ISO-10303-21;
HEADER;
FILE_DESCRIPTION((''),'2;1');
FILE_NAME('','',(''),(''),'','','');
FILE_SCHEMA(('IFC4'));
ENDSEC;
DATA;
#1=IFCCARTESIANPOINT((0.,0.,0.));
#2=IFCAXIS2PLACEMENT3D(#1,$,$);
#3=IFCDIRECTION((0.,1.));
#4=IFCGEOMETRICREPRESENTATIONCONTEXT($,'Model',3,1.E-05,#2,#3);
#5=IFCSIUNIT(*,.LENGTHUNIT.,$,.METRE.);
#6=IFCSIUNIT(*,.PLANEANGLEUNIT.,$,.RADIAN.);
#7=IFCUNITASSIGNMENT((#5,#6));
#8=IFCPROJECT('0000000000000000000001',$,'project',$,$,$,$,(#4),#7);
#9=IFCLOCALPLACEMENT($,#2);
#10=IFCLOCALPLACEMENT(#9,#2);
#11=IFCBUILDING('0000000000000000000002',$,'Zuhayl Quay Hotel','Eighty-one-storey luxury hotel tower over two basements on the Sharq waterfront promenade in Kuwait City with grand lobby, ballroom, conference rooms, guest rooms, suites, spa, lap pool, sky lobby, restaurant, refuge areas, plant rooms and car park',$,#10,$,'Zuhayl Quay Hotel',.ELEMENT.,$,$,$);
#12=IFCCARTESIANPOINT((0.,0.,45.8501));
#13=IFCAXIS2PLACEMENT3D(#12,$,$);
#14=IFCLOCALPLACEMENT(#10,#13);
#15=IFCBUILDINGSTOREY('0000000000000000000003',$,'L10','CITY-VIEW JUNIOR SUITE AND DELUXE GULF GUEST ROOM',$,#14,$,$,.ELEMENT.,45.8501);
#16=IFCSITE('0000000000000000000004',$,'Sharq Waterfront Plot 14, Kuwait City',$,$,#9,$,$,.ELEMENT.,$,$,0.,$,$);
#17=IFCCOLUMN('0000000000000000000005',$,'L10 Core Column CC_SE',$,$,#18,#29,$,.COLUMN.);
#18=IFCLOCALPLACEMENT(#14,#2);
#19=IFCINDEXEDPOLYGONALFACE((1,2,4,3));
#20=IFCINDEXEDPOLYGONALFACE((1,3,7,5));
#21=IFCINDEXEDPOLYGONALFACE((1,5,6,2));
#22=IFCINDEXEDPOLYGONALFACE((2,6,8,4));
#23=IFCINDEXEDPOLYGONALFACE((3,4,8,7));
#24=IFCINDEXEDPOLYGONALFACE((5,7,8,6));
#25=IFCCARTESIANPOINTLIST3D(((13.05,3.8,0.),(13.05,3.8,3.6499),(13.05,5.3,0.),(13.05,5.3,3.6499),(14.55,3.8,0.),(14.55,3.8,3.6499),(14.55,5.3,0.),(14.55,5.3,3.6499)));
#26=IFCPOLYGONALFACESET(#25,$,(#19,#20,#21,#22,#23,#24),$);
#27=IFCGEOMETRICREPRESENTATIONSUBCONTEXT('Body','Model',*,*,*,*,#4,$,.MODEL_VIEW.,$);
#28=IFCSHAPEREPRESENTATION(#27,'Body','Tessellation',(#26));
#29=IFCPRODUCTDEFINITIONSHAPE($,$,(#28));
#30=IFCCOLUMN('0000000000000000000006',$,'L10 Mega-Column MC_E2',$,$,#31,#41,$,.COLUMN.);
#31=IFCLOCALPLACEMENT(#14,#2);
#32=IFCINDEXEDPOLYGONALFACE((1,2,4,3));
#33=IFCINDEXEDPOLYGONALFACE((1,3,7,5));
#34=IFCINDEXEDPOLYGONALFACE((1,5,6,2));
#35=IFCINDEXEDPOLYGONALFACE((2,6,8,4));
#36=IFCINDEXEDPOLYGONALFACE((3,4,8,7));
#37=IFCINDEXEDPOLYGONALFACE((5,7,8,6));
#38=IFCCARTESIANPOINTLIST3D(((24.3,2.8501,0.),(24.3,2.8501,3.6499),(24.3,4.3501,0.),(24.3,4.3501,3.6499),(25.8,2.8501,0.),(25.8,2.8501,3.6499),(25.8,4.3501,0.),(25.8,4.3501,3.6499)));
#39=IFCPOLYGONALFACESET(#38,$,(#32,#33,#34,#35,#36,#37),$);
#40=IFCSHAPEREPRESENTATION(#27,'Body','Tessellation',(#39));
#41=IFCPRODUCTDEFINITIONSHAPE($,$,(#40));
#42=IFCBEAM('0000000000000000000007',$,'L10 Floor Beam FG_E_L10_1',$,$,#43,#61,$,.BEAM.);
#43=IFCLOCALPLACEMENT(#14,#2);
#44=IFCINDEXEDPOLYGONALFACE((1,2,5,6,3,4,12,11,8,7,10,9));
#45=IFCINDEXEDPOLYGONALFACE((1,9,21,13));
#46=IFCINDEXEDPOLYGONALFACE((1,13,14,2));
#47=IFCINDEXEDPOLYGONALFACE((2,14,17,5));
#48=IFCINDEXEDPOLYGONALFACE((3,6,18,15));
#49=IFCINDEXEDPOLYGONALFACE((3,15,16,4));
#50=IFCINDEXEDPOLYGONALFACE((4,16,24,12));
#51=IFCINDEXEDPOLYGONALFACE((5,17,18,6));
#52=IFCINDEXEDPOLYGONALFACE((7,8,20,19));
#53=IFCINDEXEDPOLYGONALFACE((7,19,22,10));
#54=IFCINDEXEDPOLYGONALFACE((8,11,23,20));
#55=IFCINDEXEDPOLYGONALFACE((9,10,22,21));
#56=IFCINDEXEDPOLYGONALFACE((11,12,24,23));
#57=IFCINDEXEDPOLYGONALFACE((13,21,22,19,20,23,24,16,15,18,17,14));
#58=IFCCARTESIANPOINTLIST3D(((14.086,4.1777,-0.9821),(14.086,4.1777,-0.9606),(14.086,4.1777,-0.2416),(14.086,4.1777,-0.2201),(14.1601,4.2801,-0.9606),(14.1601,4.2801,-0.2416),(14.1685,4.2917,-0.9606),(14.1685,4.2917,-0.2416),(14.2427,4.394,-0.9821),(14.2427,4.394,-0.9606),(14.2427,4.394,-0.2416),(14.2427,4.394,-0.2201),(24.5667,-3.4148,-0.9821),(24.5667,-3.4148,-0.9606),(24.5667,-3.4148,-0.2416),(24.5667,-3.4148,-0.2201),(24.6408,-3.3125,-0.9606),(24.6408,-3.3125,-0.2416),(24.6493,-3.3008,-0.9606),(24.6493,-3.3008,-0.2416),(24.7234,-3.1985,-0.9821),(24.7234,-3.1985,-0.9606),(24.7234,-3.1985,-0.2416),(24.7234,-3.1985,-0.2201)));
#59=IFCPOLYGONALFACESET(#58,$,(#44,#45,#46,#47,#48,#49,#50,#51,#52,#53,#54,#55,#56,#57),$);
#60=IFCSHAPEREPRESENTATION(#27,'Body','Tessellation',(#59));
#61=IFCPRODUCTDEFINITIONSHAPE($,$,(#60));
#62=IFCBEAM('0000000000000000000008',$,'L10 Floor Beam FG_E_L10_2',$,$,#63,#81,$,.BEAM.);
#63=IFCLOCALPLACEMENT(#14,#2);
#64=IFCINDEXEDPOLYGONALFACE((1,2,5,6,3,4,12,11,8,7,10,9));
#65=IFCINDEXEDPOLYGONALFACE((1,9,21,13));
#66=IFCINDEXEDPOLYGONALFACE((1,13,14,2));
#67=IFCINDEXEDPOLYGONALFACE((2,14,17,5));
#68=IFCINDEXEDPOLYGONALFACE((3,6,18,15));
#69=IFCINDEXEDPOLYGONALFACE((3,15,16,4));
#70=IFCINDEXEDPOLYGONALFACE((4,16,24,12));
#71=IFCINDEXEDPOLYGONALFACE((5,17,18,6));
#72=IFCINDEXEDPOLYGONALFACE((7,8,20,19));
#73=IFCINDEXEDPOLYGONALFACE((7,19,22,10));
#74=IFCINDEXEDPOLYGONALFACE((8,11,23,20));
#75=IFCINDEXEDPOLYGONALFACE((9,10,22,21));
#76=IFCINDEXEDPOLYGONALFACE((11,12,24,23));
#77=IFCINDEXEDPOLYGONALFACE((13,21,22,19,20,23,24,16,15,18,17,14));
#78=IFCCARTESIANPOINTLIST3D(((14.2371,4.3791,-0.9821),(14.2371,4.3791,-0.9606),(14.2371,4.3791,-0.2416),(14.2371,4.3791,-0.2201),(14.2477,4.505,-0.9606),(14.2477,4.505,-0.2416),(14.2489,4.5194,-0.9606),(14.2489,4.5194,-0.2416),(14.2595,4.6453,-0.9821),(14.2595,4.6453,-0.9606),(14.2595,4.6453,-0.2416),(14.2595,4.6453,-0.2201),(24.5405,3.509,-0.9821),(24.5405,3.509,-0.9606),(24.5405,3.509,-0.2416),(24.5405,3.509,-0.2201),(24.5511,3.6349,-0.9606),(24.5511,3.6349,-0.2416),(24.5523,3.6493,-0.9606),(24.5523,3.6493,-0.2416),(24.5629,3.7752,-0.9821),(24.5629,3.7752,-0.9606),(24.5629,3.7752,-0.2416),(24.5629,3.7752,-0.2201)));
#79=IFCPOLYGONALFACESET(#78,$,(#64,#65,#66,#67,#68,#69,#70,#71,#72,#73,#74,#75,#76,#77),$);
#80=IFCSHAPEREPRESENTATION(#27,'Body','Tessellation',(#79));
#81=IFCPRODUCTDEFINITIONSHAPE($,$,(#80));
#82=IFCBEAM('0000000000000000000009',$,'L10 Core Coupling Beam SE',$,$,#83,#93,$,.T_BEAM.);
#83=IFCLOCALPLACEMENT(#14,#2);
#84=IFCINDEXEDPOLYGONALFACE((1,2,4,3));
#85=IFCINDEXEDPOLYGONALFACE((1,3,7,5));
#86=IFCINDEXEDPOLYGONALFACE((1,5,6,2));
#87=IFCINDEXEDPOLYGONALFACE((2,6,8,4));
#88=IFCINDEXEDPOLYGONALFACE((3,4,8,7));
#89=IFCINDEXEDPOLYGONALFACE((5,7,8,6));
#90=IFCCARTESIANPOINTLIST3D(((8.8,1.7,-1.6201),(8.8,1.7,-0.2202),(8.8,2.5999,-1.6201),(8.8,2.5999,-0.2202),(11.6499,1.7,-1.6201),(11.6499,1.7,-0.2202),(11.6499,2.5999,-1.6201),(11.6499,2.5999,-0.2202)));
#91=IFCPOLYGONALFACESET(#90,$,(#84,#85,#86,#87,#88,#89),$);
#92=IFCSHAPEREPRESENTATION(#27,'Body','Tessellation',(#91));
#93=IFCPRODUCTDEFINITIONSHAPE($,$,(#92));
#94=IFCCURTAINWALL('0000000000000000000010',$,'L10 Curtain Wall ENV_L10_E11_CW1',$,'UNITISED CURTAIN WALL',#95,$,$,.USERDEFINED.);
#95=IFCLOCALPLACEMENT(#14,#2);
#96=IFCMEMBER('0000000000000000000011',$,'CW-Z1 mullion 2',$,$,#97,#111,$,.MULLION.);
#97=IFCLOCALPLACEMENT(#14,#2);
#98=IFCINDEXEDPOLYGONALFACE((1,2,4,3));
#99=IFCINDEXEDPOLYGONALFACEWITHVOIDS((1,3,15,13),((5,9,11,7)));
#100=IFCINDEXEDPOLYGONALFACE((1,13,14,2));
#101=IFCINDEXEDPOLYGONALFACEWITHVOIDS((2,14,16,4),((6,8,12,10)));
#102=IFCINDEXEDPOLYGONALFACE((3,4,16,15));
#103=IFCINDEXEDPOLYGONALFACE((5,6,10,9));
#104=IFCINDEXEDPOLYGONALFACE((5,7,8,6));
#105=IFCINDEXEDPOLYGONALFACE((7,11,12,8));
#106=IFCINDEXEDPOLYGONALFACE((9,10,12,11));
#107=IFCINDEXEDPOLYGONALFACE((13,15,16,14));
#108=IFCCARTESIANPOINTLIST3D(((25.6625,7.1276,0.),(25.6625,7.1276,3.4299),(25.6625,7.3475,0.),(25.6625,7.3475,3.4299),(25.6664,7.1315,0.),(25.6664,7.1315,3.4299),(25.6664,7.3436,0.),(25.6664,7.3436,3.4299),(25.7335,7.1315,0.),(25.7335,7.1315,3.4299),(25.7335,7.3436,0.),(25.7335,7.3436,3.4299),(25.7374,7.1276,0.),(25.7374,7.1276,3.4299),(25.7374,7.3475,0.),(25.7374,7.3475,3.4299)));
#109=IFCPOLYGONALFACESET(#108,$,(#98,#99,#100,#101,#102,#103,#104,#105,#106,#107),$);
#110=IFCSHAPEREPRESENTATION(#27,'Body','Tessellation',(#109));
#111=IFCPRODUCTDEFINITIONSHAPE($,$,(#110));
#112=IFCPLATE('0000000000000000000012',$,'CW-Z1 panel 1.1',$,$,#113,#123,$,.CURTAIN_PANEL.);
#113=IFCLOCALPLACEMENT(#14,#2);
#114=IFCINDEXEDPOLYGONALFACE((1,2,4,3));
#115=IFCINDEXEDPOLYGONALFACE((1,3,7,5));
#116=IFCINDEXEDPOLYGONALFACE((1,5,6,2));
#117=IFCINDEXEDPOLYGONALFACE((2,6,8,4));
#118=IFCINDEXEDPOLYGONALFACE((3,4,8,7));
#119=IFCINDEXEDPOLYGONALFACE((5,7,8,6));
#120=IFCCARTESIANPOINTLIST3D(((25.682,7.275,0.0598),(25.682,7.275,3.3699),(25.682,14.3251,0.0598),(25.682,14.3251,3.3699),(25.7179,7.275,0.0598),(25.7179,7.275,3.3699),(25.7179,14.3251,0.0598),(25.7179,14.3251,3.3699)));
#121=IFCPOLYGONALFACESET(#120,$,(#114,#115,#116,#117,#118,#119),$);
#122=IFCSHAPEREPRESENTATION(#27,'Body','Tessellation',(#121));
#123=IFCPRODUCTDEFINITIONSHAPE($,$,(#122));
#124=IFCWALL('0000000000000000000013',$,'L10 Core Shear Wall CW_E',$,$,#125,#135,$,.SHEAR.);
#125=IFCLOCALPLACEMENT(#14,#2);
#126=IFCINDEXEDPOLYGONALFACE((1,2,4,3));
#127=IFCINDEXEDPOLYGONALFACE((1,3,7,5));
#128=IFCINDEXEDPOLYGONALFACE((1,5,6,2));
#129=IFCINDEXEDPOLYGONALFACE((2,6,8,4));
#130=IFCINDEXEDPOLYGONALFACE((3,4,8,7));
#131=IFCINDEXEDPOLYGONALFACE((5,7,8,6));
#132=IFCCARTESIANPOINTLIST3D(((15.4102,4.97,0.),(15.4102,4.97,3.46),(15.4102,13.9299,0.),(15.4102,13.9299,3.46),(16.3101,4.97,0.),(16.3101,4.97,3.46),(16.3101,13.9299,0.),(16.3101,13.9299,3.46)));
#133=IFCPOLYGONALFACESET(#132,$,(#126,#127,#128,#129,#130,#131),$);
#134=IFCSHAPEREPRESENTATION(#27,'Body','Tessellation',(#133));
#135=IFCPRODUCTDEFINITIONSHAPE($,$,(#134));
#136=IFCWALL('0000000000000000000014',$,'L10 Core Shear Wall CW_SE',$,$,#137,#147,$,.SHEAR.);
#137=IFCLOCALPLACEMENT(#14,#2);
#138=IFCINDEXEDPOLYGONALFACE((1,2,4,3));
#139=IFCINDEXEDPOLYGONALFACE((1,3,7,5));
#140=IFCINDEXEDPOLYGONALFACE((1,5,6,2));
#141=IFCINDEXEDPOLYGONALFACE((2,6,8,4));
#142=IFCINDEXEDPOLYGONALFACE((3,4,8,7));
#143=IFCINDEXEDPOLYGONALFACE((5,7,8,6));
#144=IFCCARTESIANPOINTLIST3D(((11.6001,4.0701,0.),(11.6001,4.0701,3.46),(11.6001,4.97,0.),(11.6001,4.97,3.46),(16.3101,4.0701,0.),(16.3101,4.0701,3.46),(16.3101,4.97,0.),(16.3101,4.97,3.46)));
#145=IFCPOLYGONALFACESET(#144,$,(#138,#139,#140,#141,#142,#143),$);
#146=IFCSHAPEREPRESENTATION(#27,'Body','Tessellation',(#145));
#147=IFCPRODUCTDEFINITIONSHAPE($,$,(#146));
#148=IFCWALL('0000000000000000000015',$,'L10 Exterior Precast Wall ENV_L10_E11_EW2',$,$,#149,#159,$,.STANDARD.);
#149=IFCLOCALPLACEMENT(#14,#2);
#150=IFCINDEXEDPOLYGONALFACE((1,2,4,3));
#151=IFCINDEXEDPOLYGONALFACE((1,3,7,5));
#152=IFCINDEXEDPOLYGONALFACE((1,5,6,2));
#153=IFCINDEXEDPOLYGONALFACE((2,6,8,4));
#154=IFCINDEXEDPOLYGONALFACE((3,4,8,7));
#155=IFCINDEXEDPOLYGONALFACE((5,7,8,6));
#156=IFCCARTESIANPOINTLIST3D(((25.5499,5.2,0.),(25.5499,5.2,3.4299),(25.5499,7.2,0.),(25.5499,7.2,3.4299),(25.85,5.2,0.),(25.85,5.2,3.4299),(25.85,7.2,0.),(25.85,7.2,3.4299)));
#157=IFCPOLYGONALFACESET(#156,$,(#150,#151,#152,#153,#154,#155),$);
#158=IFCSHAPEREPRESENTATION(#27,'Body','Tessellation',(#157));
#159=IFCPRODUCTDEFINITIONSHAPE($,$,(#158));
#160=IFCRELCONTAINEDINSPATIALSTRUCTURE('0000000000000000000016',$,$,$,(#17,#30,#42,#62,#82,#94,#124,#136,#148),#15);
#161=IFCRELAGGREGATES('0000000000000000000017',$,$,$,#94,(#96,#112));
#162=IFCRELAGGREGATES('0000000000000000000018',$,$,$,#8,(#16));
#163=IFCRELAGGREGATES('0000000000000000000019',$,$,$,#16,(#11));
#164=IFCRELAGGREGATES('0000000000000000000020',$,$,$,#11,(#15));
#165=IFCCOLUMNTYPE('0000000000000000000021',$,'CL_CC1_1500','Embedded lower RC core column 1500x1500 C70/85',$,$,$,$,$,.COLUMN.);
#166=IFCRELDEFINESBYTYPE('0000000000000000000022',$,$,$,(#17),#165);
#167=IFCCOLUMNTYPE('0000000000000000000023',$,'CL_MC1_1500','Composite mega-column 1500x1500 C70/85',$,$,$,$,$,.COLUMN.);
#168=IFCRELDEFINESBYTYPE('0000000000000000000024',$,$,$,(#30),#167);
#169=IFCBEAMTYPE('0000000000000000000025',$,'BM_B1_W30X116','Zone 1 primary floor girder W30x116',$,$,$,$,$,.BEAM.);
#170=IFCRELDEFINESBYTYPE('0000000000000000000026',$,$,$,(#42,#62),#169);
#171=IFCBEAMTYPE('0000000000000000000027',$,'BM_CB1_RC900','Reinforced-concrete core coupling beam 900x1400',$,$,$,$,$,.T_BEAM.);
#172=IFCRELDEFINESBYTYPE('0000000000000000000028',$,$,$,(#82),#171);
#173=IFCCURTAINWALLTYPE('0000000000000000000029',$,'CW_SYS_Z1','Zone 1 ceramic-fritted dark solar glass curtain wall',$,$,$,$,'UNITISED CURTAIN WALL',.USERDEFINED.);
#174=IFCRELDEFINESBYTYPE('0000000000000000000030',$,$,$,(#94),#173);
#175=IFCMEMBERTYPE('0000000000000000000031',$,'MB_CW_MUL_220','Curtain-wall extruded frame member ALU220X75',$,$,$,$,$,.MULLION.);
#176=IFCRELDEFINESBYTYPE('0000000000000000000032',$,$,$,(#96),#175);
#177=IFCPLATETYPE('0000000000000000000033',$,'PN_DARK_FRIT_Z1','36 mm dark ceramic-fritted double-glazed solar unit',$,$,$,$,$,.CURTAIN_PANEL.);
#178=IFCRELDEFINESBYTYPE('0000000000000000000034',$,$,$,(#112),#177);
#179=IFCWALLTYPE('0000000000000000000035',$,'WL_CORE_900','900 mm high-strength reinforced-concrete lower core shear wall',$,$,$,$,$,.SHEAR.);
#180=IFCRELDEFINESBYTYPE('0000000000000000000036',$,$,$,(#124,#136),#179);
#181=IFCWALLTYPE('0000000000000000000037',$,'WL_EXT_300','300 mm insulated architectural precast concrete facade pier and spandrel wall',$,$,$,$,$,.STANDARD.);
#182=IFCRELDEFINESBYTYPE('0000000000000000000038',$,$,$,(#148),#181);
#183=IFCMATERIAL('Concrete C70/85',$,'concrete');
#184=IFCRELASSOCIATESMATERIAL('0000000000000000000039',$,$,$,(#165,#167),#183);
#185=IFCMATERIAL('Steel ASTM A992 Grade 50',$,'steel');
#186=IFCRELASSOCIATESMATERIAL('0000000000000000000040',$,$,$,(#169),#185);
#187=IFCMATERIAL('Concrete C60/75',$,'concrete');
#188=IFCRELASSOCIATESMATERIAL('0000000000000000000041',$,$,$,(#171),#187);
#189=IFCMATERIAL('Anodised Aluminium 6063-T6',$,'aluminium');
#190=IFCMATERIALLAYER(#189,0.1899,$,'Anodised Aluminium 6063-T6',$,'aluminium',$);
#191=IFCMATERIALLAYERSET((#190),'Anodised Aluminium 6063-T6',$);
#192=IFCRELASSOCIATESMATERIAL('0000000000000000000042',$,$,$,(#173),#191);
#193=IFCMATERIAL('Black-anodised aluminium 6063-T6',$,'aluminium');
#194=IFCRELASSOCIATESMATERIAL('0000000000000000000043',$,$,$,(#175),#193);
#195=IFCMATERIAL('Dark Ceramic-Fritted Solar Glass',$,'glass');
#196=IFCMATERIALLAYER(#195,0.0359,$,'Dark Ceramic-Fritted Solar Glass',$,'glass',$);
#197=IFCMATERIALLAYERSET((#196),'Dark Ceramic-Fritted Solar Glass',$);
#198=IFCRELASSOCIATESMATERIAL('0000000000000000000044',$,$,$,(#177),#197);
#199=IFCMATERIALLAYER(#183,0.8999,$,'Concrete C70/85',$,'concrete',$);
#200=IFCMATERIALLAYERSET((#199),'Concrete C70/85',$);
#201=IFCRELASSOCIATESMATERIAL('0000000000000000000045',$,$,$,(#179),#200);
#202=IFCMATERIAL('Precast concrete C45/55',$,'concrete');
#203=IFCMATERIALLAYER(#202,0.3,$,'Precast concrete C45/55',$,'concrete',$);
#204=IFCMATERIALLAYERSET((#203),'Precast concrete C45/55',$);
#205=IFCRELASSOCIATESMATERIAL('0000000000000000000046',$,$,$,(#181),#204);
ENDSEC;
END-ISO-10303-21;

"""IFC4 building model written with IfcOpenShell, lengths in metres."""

from ifc_helpers import new_model, si_unit, direction, frame, frame_2d, origin, origin_2d, place, context, subcontext, project, spatial, rectangle, hollow_rectangle, i_section, extrude, material, layer, layer_set, material_profile, profile_set, type_object, element, aggregate, save


model = new_model("IFC4")

# Units and contexts
model_context = context("Model", 3, precision=1e-05, world=origin(), true_north=direction((0.0, 1.0)))
body_context = subcontext(model_context, "Body", "Model", "MODEL_VIEW")
ifc_project = project(units=[si_unit("LENGTHUNIT", "METRE"), si_unit("PLANEANGLEUNIT", "RADIAN")], contexts=[model_context])

# Site, building, storey
site_placement = place(None, origin())
site = spatial("IfcSite", under=ifc_project, at=site_placement, Name="Sharq Waterfront Plot 14, Kuwait City", CompositionType="ELEMENT", RefElevation=0.0)
building_placement = place(site_placement, origin())
building = spatial("IfcBuilding", under=site, at=building_placement, Name="Zuhayl Quay Hotel", Description="Eighty-one-storey luxury hotel tower over two basements on the Sharq waterfront promenade in Kuwait City with grand lobby, ballroom, conference rooms, guest rooms, suites, spa, lap pool, sky lobby, restaurant, refuge areas, plant rooms and car park", LongName="Zuhayl Quay Hotel", CompositionType="ELEMENT")
storey_placement = place(building_placement, frame((0.0, 0.0, 45.8501)))
storey = spatial("IfcBuildingStorey", under=building, at=storey_placement, Name="L10", Description="CITY-VIEW JUNIOR SUITE AND DELUXE GULF GUEST ROOM", CompositionType="ELEMENT", Elevation=45.8501)

# Columns
ifc_material_1 = material(Name="Concrete C70/85", Category="concrete")
ifc_material_profile_1 = material_profile(ifc_material_1, rectangle(XDim=1.5, YDim=1.5, at=origin_2d()), Name="RC1500X1500")
ifc_profile_set_1 = profile_set([ifc_material_profile_1], Name="Concrete C70/85")
column_type_1 = type_object("IfcColumnType", Name="CL_CC1_1500", Description="Embedded lower RC core column 1500x1500 C70/85", PredefinedType="COLUMN", material=ifc_profile_set_1)
column_1_placement = place(storey_placement, frame((13.8, 4.55, 0.0), z_axis=(0.0, 0.0, 1.0), x_axis=(1.0, 0.0, 0.0)))
element("IfcColumn", 1, at=column_1_placement, inside=storey, type_object=column_type_1, Name="L10 Core Column CC_SE", PredefinedType="COLUMN", context=body_context, shape_type="SweptSolid", body=[
    extrude(rectangle(XDim=1.5, YDim=1.5, at=origin_2d()), origin(), (0.0, 0.0, 1.0), 3.6499),
])
ifc_material_profile_2 = material_profile(ifc_material_1, rectangle(XDim=1.5, YDim=1.5, at=origin_2d()), Name="RC1500X1500")
ifc_profile_set_2 = profile_set([ifc_material_profile_2], Name="Concrete C70/85")
column_type_2 = type_object("IfcColumnType", Name="CL_MC1_1500", Description="Composite mega-column 1500x1500 C70/85", PredefinedType="COLUMN", material=ifc_profile_set_2)
column_2_placement = place(storey_placement, frame((25.05, 3.6001, 0.0), z_axis=(0.0, 0.0, 1.0), x_axis=(1.0, 0.0, 0.0)))
element("IfcColumn", 2, at=column_2_placement, inside=storey, type_object=column_type_2, Name="L10 Mega-Column MC_E2", PredefinedType="COLUMN", context=body_context, shape_type="SweptSolid", body=[
    extrude(rectangle(XDim=1.5, YDim=1.5, at=origin_2d()), origin(), (0.0, 0.0, 1.0), 3.6499),
])

# Beams
ifc_material_2 = material(Name="Steel ASTM A992 Grade 50", Category="steel")
ifc_material_profile_3 = material_profile(ifc_material_2, i_section(OverallWidth=0.2671, OverallDepth=0.762, WebThickness=0.0144, FlangeThickness=0.0215, at=origin_2d()), Name="W30X116")
ifc_profile_set_3 = profile_set([ifc_material_profile_3], Name="Steel ASTM A992 Grade 50")
beam_type_1 = type_object("IfcBeamType", Name="BM_B1_W30X116", Description="Zone 1 primary floor girder W30x116", PredefinedType="BEAM", material=ifc_profile_set_3)
beam_1_placement = place(storey_placement, frame((14.1643, 4.2859, -0.6011), z_axis=(0.80983, -0.586664, 0.0), x_axis=(0.586664, 0.80983, 0.0)))
element("IfcBeam", 3, at=beam_1_placement, inside=storey, type_object=beam_type_1, Name="L10 Floor Beam FG_E_L10_1", PredefinedType="BEAM", context=body_context, shape_type="SweptSolid", body=[
    extrude(i_section(OverallWidth=0.2671, OverallDepth=0.762, WebThickness=0.0144, FlangeThickness=0.0215, at=origin_2d()), origin(), (0.0, 0.0, 1.0), 12.9419),
])
beam_2_placement = place(storey_placement, frame((14.2483, 4.5122, -0.6011), z_axis=(0.996453, -0.084149, 0.0), x_axis=(0.084149, 0.996453, 0.0)))
element("IfcBeam", 4, at=beam_2_placement, inside=storey, type_object=beam_type_1, Name="L10 Floor Beam FG_E_L10_2", PredefinedType="BEAM", context=body_context, shape_type="SweptSolid", body=[
    extrude(i_section(OverallWidth=0.2671, OverallDepth=0.762, WebThickness=0.0144, FlangeThickness=0.0215, at=origin_2d()), origin(), (0.0, 0.0, 1.0), 10.3401),
])
ifc_material_3 = material(Name="Concrete C60/75", Category="concrete")
ifc_material_profile_4 = material_profile(ifc_material_3, rectangle(XDim=0.8999, YDim=1.3999, at=origin_2d()), Name="RC900X1400")
ifc_profile_set_4 = profile_set([ifc_material_profile_4], Name="Concrete C60/75")
beam_type_2 = type_object("IfcBeamType", Name="BM_CB1_RC900", Description="Reinforced-concrete core coupling beam 900x1400", PredefinedType="T_BEAM", material=ifc_profile_set_4)
beam_3_placement = place(storey_placement, frame((8.8, 2.1499, -0.9202), z_axis=(1.0, 0.0, 0.0), x_axis=(0.0, 1.0, 0.0)))
element("IfcBeam", 5, at=beam_3_placement, inside=storey, type_object=beam_type_2, Name="L10 Core Coupling Beam SE", PredefinedType="T_BEAM", context=body_context, shape_type="SweptSolid", body=[
    extrude(rectangle(XDim=0.8999, YDim=1.3999, at=origin_2d()), origin(), (0.0, 0.0, 1.0), 2.8499),
])

# Curtain wall, member, plate
ifc_material_4 = material(Name="Anodised Aluminium 6063-T6", Category="aluminium")
ifc_layer_1 = layer(ifc_material_4, 0.1899, Name="Anodised Aluminium 6063-T6", Category="aluminium")
ifc_layer_set_1 = layer_set([ifc_layer_1], Name="Anodised Aluminium 6063-T6")
curtain_wall_type = type_object("IfcCurtainWallType", Name="CW_SYS_Z1", Description="Zone 1 ceramic-fritted dark solar glass curtain wall", ElementType="UNITISED CURTAIN WALL", PredefinedType="USERDEFINED", material=ifc_layer_set_1)
curtain_wall_placement = place(storey_placement, origin())
curtain_wall = element("IfcCurtainWall", 6, at=curtain_wall_placement, inside=storey, type_object=curtain_wall_type, Name="L10 Curtain Wall ENV_L10_E11_CW1", ObjectType="UNITISED CURTAIN WALL", PredefinedType="USERDEFINED")
ifc_material_5 = material(Name="Black-anodised aluminium 6063-T6", Category="aluminium")
ifc_material_profile_5 = material_profile(ifc_material_5, hollow_rectangle(XDim=0.075, YDim=0.22, WallThickness=0.0039, at=origin_2d()), Name="ALU220X75")
ifc_profile_set_5 = profile_set([ifc_material_profile_5], Name="Black-anodised aluminium 6063-T6")
member_type = type_object("IfcMemberType", Name="MB_CW_MUL_220", Description="Curtain-wall extruded frame member ALU220X75", PredefinedType="MULLION", material=ifc_profile_set_5)
member_placement = place(storey_placement, frame((25.7, 7.2375, 0.0), z_axis=(0.0, 0.0, 1.0), x_axis=(1.0, 0.0, 0.0)))
member = element("IfcMember", 7, at=member_placement, type_object=member_type, Name="CW-Z1 mullion 2", PredefinedType="MULLION", context=body_context, shape_type="SweptSolid", body=[
    extrude(hollow_rectangle(XDim=0.075, YDim=0.22, WallThickness=0.0039, at=origin_2d()), origin(), (0.0, 0.0, 1.0), 3.4299),
])
ifc_material_6 = material(Name="Dark Ceramic-Fritted Solar Glass", Category="glass")
ifc_layer_2 = layer(ifc_material_6, 0.0359, Name="Dark Ceramic-Fritted Solar Glass", Category="glass")
ifc_layer_set_2 = layer_set([ifc_layer_2], Name="Dark Ceramic-Fritted Solar Glass")
plate_type = type_object("IfcPlateType", Name="PN_DARK_FRIT_Z1", Description="36 mm dark ceramic-fritted double-glazed solar unit", PredefinedType="CURTAIN_PANEL", material=ifc_layer_set_2)
plate_placement = place(storey_placement, frame((25.7, 10.8, 0.0598), z_axis=(0.0, 0.0, 1.0), x_axis=(0.0, -1.0, 0.0)))
plate = element("IfcPlate", 8, at=plate_placement, type_object=plate_type, Name="CW-Z1 panel 1.1", PredefinedType="CURTAIN_PANEL", context=body_context, shape_type="SweptSolid", body=[
    extrude(rectangle(XDim=7.05, YDim=0.0359, at=origin_2d()), origin(), (0.0, 0.0, 1.0), 3.3101),
])
aggregate(curtain_wall, [member, plate])

# Walls
ifc_layer_3 = layer(ifc_material_1, 0.8999, Name="Concrete C70/85", Category="concrete")
ifc_layer_set_3 = layer_set([ifc_layer_3], Name="Concrete C70/85")
wall_type_1 = type_object("IfcWallType", Name="WL_CORE_900", Description="900 mm high-strength reinforced-concrete lower core shear wall", PredefinedType="SHEAR", material=ifc_layer_set_3)
wall_1_placement = place(storey_placement, frame((15.8601, 4.97, 0.0), z_axis=(0.0, 0.0, 1.0), x_axis=(0.0, 1.0, 0.0)))
element("IfcWall", 9, at=wall_1_placement, inside=storey, type_object=wall_type_1, Name="L10 Core Shear Wall CW_E", PredefinedType="SHEAR", context=body_context, shape_type="SweptSolid", body=[
    extrude(rectangle(XDim=8.96, YDim=0.8999, at=frame_2d((4.48, 0.0))), origin(), (0.0, 0.0, 1.0), 3.46),
])
wall_2_placement = place(storey_placement, frame((11.6001, 4.52, 0.0), z_axis=(0.0, 0.0, 1.0), x_axis=(1.0, 0.0, 0.0)))
element("IfcWall", 10, at=wall_2_placement, inside=storey, type_object=wall_type_1, Name="L10 Core Shear Wall CW_SE", PredefinedType="SHEAR", context=body_context, shape_type="SweptSolid", body=[
    extrude(rectangle(XDim=4.71, YDim=0.8999, at=frame_2d((2.355, 0.0))), origin(), (0.0, 0.0, 1.0), 3.46),
])
ifc_material_7 = material(Name="Precast concrete C45/55", Category="concrete")
ifc_layer_4 = layer(ifc_material_7, 0.3, Name="Precast concrete C45/55", Category="concrete")
ifc_layer_set_4 = layer_set([ifc_layer_4], Name="Precast concrete C45/55")
wall_type_2 = type_object("IfcWallType", Name="WL_EXT_300", Description="300 mm insulated architectural precast concrete facade pier and spandrel wall", PredefinedType="STANDARD", material=ifc_layer_set_4)
wall_3_placement = place(storey_placement, frame((25.7, 7.2, 0.0), z_axis=(0.0, 0.0, 1.0), x_axis=(0.0, -1.0, 0.0)))
element("IfcWall", 11, at=wall_3_placement, inside=storey, type_object=wall_type_2, Name="L10 Exterior Precast Wall ENV_L10_E11_EW2", PredefinedType="STANDARD", context=body_context, shape_type="SweptSolid", body=[
    extrude(rectangle(XDim=2.0, YDim=0.3, at=frame_2d((1.0, 0.0))), origin(), (0.0, 0.0, 1.0), 3.4299),
])

save(model, "model.ifc")
